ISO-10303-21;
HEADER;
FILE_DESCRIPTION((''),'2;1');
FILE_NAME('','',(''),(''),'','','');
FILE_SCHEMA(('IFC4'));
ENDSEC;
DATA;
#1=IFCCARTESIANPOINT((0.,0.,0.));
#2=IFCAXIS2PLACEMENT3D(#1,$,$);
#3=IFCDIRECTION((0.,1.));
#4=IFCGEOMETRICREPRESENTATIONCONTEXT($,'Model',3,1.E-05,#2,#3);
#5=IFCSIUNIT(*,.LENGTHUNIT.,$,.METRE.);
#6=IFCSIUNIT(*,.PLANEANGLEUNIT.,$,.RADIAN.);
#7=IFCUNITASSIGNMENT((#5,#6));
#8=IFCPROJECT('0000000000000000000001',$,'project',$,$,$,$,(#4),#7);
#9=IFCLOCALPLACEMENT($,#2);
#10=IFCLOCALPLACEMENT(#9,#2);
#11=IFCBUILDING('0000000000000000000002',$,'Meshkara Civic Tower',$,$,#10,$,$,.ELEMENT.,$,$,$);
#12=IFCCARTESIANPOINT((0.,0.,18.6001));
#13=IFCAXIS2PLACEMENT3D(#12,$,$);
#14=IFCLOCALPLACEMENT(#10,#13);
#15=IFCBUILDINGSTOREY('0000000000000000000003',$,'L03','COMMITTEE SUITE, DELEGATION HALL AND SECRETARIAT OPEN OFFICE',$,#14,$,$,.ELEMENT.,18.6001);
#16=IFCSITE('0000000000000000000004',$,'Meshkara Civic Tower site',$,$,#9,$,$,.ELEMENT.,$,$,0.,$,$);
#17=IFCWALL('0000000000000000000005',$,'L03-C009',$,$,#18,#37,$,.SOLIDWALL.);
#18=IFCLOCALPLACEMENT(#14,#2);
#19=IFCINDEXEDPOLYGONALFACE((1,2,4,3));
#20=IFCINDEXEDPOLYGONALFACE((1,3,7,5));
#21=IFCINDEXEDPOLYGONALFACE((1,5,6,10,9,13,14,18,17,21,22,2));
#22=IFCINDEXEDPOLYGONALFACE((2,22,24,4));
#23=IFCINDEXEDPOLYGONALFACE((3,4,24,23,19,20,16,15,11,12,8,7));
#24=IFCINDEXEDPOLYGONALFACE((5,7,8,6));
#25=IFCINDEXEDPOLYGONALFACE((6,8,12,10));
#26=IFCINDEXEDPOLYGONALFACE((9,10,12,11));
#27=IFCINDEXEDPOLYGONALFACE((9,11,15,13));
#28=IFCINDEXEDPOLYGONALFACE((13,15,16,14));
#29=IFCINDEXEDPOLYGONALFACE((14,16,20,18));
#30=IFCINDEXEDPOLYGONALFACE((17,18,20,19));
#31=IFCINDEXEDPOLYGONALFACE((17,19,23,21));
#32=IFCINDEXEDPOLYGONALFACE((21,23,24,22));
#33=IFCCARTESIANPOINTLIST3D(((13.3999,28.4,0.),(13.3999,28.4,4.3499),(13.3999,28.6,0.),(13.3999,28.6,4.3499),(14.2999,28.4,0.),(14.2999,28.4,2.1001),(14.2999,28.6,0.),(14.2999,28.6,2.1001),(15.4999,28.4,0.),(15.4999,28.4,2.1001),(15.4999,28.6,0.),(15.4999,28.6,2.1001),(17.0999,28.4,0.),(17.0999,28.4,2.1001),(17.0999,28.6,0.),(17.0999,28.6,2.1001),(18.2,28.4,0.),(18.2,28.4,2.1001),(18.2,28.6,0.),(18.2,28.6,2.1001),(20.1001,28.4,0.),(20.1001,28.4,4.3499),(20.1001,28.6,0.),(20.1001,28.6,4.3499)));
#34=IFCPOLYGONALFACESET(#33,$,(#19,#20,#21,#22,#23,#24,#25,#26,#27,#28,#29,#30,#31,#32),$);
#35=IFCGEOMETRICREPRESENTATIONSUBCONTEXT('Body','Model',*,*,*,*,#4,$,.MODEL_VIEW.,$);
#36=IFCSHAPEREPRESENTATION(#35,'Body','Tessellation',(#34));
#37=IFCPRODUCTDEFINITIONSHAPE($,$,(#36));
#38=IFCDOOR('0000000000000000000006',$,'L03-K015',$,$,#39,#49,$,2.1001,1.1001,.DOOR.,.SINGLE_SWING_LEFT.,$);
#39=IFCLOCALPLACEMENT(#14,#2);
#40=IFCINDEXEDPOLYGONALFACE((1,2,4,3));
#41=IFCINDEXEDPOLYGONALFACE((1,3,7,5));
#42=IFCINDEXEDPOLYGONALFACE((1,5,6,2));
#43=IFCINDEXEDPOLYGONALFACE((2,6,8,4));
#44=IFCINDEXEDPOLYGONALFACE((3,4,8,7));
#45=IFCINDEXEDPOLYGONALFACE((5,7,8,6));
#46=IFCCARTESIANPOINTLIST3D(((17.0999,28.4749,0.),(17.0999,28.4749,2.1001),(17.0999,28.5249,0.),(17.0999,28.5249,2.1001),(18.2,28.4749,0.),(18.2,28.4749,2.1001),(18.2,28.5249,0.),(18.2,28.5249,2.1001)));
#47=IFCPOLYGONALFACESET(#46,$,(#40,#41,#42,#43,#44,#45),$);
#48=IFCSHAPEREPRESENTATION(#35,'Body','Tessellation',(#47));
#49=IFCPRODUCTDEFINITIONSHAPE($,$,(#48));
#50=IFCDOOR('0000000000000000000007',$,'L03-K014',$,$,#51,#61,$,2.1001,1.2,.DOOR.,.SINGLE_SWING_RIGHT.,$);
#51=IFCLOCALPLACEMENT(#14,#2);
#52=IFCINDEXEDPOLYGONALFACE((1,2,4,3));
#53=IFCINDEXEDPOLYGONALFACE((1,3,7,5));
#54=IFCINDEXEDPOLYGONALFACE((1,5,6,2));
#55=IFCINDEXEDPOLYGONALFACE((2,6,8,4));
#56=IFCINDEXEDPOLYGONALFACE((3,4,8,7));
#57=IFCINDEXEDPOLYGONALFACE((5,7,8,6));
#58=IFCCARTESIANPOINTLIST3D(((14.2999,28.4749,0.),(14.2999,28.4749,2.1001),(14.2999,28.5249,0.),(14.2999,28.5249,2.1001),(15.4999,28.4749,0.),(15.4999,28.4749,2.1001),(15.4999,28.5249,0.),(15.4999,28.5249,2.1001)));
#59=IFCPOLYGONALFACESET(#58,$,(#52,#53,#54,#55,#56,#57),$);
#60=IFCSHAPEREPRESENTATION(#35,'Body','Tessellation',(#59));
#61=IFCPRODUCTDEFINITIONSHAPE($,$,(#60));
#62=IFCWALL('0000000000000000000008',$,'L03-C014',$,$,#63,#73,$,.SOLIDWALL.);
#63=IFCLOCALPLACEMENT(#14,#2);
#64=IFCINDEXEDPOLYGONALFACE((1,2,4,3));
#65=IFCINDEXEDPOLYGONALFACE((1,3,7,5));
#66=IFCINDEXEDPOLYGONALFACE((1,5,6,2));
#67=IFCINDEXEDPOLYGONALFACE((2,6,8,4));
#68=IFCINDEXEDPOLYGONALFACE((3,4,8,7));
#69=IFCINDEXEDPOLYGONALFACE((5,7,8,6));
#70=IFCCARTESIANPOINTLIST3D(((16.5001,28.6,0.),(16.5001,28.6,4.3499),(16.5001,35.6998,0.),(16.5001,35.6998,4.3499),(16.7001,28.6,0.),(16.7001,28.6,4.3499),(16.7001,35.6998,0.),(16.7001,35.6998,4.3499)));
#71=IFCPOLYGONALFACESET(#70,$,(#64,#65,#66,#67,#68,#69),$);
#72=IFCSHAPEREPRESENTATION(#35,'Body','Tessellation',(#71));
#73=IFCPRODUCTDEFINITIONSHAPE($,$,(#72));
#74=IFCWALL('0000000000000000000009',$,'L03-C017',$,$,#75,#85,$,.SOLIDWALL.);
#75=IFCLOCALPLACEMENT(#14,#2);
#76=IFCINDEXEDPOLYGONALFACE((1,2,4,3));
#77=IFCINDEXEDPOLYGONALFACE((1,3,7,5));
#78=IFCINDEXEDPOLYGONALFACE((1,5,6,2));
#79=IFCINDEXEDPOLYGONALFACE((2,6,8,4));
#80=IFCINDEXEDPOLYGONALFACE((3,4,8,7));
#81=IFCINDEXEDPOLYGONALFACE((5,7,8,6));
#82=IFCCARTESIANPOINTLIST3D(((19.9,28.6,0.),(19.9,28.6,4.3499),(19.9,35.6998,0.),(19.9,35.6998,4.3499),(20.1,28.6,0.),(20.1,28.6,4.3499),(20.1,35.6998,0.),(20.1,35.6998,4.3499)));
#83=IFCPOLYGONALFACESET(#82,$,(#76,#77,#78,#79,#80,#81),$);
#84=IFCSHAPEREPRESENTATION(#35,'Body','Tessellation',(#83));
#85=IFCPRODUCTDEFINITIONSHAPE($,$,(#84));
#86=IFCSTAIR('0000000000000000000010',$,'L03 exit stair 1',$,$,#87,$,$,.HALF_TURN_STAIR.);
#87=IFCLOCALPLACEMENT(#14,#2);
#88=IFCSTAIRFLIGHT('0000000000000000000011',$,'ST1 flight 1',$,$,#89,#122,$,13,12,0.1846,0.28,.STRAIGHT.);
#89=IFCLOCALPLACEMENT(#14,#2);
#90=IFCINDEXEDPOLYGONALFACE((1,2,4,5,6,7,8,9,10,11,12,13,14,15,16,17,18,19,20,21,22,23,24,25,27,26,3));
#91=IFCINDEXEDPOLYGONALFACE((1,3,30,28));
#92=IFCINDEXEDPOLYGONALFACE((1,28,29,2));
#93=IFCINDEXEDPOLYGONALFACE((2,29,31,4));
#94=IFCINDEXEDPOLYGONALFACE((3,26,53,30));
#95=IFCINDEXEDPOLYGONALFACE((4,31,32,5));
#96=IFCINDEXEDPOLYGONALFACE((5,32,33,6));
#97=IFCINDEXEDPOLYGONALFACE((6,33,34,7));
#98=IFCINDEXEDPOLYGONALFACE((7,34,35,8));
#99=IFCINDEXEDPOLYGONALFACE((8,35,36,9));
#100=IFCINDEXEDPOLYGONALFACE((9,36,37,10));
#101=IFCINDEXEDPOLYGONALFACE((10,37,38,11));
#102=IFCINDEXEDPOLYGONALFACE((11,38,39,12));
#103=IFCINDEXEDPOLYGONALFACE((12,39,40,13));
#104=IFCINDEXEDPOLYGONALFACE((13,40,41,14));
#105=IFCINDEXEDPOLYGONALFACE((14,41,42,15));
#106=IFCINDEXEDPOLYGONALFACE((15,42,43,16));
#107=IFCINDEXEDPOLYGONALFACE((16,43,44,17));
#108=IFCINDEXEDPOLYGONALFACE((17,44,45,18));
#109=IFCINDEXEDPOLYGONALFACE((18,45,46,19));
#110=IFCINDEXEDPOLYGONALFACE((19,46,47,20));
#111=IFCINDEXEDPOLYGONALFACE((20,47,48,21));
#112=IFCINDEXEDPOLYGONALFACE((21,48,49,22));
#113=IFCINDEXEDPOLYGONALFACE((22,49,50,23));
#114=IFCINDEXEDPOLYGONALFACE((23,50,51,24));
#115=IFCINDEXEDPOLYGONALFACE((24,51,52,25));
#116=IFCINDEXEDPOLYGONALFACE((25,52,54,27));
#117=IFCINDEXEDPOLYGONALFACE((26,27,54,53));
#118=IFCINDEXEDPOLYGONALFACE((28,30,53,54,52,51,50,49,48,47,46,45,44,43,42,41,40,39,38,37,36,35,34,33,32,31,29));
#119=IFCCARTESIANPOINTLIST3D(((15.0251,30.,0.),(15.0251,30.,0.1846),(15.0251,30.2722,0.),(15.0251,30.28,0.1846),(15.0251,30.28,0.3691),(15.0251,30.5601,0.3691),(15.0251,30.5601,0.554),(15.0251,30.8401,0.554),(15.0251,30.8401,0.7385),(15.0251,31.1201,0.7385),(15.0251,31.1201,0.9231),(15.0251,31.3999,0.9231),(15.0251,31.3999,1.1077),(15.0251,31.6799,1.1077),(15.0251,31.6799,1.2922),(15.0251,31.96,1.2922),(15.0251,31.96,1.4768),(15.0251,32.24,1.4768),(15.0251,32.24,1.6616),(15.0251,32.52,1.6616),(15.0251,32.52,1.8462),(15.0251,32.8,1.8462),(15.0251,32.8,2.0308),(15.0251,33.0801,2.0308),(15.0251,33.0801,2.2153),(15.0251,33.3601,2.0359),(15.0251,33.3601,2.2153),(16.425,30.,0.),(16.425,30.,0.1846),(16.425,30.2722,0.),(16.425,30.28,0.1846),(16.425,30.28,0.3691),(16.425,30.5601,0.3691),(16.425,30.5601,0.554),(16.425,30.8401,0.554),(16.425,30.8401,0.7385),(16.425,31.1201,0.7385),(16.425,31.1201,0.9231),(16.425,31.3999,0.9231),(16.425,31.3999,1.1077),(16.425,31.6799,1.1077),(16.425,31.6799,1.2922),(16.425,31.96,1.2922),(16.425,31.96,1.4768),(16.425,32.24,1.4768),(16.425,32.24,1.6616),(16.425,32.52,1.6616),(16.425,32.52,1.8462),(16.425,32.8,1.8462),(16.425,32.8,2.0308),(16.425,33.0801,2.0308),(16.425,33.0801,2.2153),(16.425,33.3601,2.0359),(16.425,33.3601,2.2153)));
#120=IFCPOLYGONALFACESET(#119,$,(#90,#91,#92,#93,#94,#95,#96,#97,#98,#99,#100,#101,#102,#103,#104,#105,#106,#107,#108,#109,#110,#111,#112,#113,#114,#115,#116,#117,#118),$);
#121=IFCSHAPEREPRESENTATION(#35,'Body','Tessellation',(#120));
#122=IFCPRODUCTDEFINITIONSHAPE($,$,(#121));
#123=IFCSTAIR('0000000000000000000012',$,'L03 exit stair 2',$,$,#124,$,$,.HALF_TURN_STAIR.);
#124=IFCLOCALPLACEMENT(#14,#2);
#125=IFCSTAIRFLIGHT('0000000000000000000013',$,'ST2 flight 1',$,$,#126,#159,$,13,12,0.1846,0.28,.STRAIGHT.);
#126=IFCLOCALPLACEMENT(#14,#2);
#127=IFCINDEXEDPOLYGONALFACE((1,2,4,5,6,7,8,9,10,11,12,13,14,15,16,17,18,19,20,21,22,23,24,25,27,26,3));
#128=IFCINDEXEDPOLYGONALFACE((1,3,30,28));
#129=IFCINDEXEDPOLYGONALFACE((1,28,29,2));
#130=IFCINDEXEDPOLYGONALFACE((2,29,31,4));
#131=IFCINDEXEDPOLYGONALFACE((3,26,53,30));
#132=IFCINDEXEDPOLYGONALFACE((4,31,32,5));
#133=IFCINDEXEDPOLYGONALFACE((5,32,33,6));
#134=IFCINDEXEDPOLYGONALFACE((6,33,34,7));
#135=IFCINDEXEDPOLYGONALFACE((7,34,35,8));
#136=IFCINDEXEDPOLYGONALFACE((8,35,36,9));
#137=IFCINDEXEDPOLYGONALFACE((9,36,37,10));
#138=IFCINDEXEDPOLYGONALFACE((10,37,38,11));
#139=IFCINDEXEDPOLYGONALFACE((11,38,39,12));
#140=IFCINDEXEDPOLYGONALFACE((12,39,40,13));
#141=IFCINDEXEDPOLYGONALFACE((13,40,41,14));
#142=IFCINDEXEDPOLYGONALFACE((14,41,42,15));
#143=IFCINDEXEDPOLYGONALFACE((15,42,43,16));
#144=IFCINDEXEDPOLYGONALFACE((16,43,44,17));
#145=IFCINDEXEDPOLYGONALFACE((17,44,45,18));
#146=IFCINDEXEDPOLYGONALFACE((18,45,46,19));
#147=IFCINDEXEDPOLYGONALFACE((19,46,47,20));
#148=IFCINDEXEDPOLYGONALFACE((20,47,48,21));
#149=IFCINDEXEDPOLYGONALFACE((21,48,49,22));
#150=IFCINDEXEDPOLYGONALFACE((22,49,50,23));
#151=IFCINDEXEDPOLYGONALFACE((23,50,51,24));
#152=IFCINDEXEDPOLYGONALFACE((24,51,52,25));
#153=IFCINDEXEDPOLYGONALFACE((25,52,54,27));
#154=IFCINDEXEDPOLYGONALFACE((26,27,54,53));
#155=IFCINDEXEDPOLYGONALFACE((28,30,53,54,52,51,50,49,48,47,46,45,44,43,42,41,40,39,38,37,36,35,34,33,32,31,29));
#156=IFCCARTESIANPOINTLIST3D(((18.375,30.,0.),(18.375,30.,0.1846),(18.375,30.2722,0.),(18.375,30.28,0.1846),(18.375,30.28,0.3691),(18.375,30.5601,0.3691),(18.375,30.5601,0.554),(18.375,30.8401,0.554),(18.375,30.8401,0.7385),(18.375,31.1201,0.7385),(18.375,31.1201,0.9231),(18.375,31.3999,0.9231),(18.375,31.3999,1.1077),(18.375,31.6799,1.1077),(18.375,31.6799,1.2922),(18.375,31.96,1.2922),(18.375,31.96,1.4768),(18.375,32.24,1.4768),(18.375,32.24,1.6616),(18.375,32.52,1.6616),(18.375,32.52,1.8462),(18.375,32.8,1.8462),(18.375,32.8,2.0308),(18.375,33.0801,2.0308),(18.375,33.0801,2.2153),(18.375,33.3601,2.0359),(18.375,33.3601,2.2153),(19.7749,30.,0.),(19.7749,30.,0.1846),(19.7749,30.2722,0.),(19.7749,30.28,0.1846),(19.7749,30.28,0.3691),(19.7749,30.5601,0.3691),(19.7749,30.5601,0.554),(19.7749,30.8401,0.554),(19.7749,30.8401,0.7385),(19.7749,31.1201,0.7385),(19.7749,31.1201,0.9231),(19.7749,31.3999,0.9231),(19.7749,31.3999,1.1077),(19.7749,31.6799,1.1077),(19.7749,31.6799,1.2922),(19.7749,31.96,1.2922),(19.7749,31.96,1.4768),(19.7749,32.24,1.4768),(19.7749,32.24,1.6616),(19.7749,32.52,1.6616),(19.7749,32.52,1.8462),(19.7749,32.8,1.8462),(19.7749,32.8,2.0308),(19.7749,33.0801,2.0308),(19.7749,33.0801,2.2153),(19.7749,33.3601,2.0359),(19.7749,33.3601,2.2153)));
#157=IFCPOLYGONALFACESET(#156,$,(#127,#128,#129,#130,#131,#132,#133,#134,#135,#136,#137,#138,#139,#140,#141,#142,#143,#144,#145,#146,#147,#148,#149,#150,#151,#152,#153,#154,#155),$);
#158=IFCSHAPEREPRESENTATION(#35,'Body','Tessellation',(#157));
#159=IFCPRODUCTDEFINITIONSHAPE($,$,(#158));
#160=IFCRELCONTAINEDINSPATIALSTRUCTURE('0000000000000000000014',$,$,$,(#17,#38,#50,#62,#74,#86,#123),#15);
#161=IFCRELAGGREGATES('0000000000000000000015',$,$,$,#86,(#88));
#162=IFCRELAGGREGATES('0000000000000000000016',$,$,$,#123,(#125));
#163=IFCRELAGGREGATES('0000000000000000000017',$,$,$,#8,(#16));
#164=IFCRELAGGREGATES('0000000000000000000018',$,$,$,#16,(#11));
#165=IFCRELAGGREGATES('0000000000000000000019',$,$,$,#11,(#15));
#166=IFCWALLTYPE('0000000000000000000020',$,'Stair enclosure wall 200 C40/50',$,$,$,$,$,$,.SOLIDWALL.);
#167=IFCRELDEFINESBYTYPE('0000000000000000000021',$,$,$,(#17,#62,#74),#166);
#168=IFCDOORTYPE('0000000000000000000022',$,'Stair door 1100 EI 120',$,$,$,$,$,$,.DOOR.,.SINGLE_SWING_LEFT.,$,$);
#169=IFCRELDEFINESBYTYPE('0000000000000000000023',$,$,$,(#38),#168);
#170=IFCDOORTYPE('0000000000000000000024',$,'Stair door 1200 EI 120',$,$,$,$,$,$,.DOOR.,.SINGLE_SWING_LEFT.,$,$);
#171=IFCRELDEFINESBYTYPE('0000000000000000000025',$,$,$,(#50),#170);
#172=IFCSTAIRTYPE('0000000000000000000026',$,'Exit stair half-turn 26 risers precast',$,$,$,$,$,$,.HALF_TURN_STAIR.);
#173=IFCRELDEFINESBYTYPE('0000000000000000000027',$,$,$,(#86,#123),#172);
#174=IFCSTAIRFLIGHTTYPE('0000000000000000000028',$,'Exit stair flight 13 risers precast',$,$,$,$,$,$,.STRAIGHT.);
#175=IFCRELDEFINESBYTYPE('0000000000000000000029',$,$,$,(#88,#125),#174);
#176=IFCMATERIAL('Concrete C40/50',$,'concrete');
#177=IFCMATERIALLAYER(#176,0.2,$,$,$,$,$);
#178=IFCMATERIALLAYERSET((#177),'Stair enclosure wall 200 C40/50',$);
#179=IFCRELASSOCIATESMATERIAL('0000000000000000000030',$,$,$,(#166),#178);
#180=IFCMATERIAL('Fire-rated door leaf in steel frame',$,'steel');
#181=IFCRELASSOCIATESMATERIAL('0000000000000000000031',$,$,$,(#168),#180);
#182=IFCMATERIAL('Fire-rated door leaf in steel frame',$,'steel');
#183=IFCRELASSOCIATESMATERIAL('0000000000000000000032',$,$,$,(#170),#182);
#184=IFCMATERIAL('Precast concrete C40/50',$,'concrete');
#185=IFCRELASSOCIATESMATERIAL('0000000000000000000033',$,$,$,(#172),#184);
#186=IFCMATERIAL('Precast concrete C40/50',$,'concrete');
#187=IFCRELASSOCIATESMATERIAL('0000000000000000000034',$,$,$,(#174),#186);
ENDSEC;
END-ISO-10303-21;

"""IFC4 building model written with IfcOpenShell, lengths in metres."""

from ifc_helpers import new_model, si_unit, direction, frame, frame_2d, origin, place, context, subcontext, project, spatial, polyline, rectangle, outline, extrude, material, layer, layer_set, type_object, element, fill, aggregate, save


model = new_model("IFC4")

# Units and contexts
model_context = context("Model", 3, precision=1e-05, world=origin(), true_north=direction((0.0, 1.0)))
body_context = subcontext(model_context, "Body", "Model", "MODEL_VIEW")
ifc_project = project(units=[si_unit("LENGTHUNIT", "METRE"), si_unit("PLANEANGLEUNIT", "RADIAN")], contexts=[model_context])

# Site, building, storey
site_placement = place(None, origin())
site = spatial("IfcSite", under=ifc_project, at=site_placement, Name="Meshkara Civic Tower site", CompositionType="ELEMENT", RefElevation=0.0)
building_placement = place(site_placement, origin())
building = spatial("IfcBuilding", under=site, at=building_placement, Name="Meshkara Civic Tower", CompositionType="ELEMENT")
storey_placement = place(building_placement, frame((0.0, 0.0, 18.6001)))
storey = spatial("IfcBuildingStorey", under=building, at=storey_placement, Name="L03", Description="COMMITTEE SUITE, DELEGATION HALL AND SECRETARIAT OPEN OFFICE", CompositionType="ELEMENT", Elevation=18.6001)

# Wall, openings, doors
ifc_material_1 = material(Name="Concrete C40/50", Category="concrete")
ifc_layer_1 = layer(ifc_material_1, 0.2)
ifc_layer_set_1 = layer_set([ifc_layer_1], Name="Stair enclosure wall 200 C40/50")
wall_type_1 = type_object("IfcWallType", Name="Stair enclosure wall 200 C40/50", PredefinedType="SOLIDWALL", material=ifc_layer_set_1)
wall_1_placement = place(storey_placement, frame((13.3999, 28.5, 0.0), z_axis=(0.0, 0.0, 1.0), x_axis=(1.0, 0.0, 0.0)))
wall_1 = element("IfcWall", 1, at=wall_1_placement, inside=storey, type_object=wall_type_1, Name="L03-C009", PredefinedType="SOLIDWALL", context=body_context, shape_type="SweptSolid", body=[
    extrude(rectangle(XDim=6.7002, YDim=0.2, at=frame_2d((3.3501, 0.0))), origin(), (0.0, 0.0, 1.0), 4.3499),
])
opening_1_placement = place(wall_1_placement, frame((0.8999, 0.0, 0.0)))
opening_1 = element("IfcOpeningElement", 2, at=opening_1_placement, cuts=wall_1, PredefinedType="OPENING", context=body_context, shape_type="SweptSolid", body=[
    extrude(rectangle(XDim=1.2, YDim=2.1001, at=frame_2d((0.6001, 1.05))), frame((0.0, 0.1099, 0.0), z_axis=(0.0, -1.0, 0.0), x_axis=(1.0, 0.0, 0.0)), (0.0, 0.0, 1.0), 0.22),
])
opening_2_placement = place(wall_1_placement, frame((3.7, 0.0, 0.0)))
opening_2 = element("IfcOpeningElement", 3, at=opening_2_placement, cuts=wall_1, PredefinedType="OPENING", context=body_context, shape_type="SweptSolid", body=[
    extrude(rectangle(XDim=1.1001, YDim=2.1001, at=frame_2d((0.55, 1.05))), frame((0.0, 0.1099, 0.0), z_axis=(0.0, -1.0, 0.0), x_axis=(1.0, 0.0, 0.0)), (0.0, 0.0, 1.0), 0.22),
])
ifc_material_2 = material(Name="Fire-rated door leaf in steel frame", Category="steel")
door_type_1 = type_object("IfcDoorType", Name="Stair door 1100 EI 120", OperationType="SINGLE_SWING_LEFT", PredefinedType="DOOR", material=ifc_material_2)
door_1_placement = place(opening_2_placement, origin())
door_1 = element("IfcDoor", 4, at=door_1_placement, inside=storey, type_object=door_type_1, Name="L03-K015", OperationType="SINGLE_SWING_LEFT", OverallHeight=2.1001, OverallWidth=1.1001, PredefinedType="DOOR", context=body_context, shape_type="SweptSolid", body=[
    extrude(rectangle(XDim=1.1001, YDim=2.1001, at=frame_2d((0.55, 1.05))), frame((0.0, 0.0249, 0.0), z_axis=(0.0, -1.0, 0.0), x_axis=(1.0, 0.0, 0.0)), (0.0, 0.0, 1.0), 0.05),
])
fill(opening_2, door_1)
ifc_material_3 = material(Name="Fire-rated door leaf in steel frame", Category="steel")
door_type_2 = type_object("IfcDoorType", Name="Stair door 1200 EI 120", OperationType="SINGLE_SWING_LEFT", PredefinedType="DOOR", material=ifc_material_3)
door_2_placement = place(opening_1_placement, origin())
door_2 = element("IfcDoor", 5, at=door_2_placement, inside=storey, type_object=door_type_2, Name="L03-K014", OperationType="SINGLE_SWING_RIGHT", OverallHeight=2.1001, OverallWidth=1.2, PredefinedType="DOOR", context=body_context, shape_type="SweptSolid", body=[
    extrude(rectangle(XDim=1.2, YDim=2.1001, at=frame_2d((0.6001, 1.05))), frame((0.0, 0.0249, 0.0), z_axis=(0.0, -1.0, 0.0), x_axis=(1.0, 0.0, 0.0)), (0.0, 0.0, 1.0), 0.05),
])
fill(opening_1, door_2)

# Walls
for number, where, z_axis, x_axis, name in (
    (6, (16.6001, 28.6001, 0.0), (0.0, 0.0, 1.0), (0.0, 1.0, 0.0), "L03-C014"),
    (7, (20.0, 28.6001, 0.0), (0.0, 0.0, 1.0), (0.0, 1.0, 0.0), "L03-C017"),
):
    element("IfcWall", number, at=place(storey_placement, frame(where, z_axis=z_axis, x_axis=x_axis)), inside=storey, type_object=wall_type_1, Name=name, PredefinedType="SOLIDWALL", context=body_context, shape_type="SweptSolid", body=[
        extrude(rectangle(XDim=7.0999, YDim=0.2, at=frame_2d((3.5498, 0.0))), origin(), (0.0, 0.0, 1.0), 4.3499),
    ])

# Stairs, stair flights
ifc_material_4 = material(Name="Precast concrete C40/50", Category="concrete")
stair_type = type_object("IfcStairType", Name="Exit stair half-turn 26 risers precast", PredefinedType="HALF_TURN_STAIR", material=ifc_material_4)
stair_1_placement = place(storey_placement, origin())
stair_1 = element("IfcStair", 8, at=stair_1_placement, inside=storey, type_object=stair_type, Name="L03 exit stair 1", PredefinedType="HALF_TURN_STAIR")
ifc_material_5 = material(Name="Precast concrete C40/50", Category="concrete")
stair_flight_type = type_object("IfcStairFlightType", Name="Exit stair flight 13 risers precast", PredefinedType="STRAIGHT", material=ifc_material_5)
stair_flight_1_placement = place(storey_placement, frame((15.7251, 30.0, 0.0), z_axis=(0.0, 0.0, 1.0), x_axis=(0.0, 1.0, 0.0)))
stair_flight_1 = element("IfcStairFlight", 9, at=stair_flight_1_placement, type_object=stair_flight_type, Name="ST1 flight 1", NumberOfRisers=13, NumberOfTreads=12, PredefinedType="STRAIGHT", RiserHeight=0.1846, TreadLength=0.28, context=body_context, shape_type="SweptSolid", body=[
    extrude(outline(polyline([(0.0, 0.0), (0.0, 0.1846), (0.28, 0.1846), (0.28, 0.3691), (0.5601, 0.3691), (0.5601, 0.554), (0.8401, 0.554), (0.8401, 0.7385), (1.1201, 0.7385), (1.1201, 0.9231), (1.3999, 0.9231), (1.3999, 1.1077), (1.6799, 1.1077), (1.6799, 1.2922), (1.96, 1.2922), (1.96, 1.4768), (2.24, 1.4768), (2.24, 1.6616), (2.52, 1.6616), (2.52, 1.8462), (2.8, 1.8462), (2.8, 2.0308), (3.0801, 2.0308), (3.0801, 2.2153), (3.3601, 2.2153), (3.3601, 2.3999), (3.3601, 2.0359), (0.2722, 0.0), (0.0, 0.0)])), frame((0.0, 0.7, 0.0), z_axis=(0.0, -1.0, 0.0), x_axis=(1.0, 0.0, 0.0)), (0.0, 0.0, 1.0), 1.3999),
])
aggregate(stair_1, [stair_flight_1])
stair_2_placement = place(storey_placement, origin())
stair_2 = element("IfcStair", 10, at=stair_2_placement, inside=storey, type_object=stair_type, Name="L03 exit stair 2", PredefinedType="HALF_TURN_STAIR")
stair_flight_2_placement = place(storey_placement, frame((19.075, 30.0, 0.0), z_axis=(0.0, 0.0, 1.0), x_axis=(0.0, 1.0, 0.0)))
stair_flight_2 = element("IfcStairFlight", 11, at=stair_flight_2_placement, type_object=stair_flight_type, Name="ST2 flight 1", NumberOfRisers=13, NumberOfTreads=12, PredefinedType="STRAIGHT", RiserHeight=0.1846, TreadLength=0.28, context=body_context, shape_type="SweptSolid", body=[
    extrude(outline(polyline([(0.0, 0.0), (0.0, 0.1846), (0.28, 0.1846), (0.28, 0.3691), (0.5601, 0.3691), (0.5601, 0.554), (0.8401, 0.554), (0.8401, 0.7385), (1.1201, 0.7385), (1.1201, 0.9231), (1.3999, 0.9231), (1.3999, 1.1077), (1.6799, 1.1077), (1.6799, 1.2922), (1.96, 1.2922), (1.96, 1.4768), (2.24, 1.4768), (2.24, 1.6616), (2.52, 1.6616), (2.52, 1.8462), (2.8, 1.8462), (2.8, 2.0308), (3.0801, 2.0308), (3.0801, 2.2153), (3.3601, 2.2153), (3.3601, 2.3999), (3.3601, 2.0359), (0.2722, 0.0), (0.0, 0.0)])), frame((0.0, 0.7, 0.0), z_axis=(0.0, -1.0, 0.0), x_axis=(1.0, 0.0, 0.0)), (0.0, 0.0, 1.0), 1.3999),
])
aggregate(stair_2, [stair_flight_2])

save(model, "model.ifc")
